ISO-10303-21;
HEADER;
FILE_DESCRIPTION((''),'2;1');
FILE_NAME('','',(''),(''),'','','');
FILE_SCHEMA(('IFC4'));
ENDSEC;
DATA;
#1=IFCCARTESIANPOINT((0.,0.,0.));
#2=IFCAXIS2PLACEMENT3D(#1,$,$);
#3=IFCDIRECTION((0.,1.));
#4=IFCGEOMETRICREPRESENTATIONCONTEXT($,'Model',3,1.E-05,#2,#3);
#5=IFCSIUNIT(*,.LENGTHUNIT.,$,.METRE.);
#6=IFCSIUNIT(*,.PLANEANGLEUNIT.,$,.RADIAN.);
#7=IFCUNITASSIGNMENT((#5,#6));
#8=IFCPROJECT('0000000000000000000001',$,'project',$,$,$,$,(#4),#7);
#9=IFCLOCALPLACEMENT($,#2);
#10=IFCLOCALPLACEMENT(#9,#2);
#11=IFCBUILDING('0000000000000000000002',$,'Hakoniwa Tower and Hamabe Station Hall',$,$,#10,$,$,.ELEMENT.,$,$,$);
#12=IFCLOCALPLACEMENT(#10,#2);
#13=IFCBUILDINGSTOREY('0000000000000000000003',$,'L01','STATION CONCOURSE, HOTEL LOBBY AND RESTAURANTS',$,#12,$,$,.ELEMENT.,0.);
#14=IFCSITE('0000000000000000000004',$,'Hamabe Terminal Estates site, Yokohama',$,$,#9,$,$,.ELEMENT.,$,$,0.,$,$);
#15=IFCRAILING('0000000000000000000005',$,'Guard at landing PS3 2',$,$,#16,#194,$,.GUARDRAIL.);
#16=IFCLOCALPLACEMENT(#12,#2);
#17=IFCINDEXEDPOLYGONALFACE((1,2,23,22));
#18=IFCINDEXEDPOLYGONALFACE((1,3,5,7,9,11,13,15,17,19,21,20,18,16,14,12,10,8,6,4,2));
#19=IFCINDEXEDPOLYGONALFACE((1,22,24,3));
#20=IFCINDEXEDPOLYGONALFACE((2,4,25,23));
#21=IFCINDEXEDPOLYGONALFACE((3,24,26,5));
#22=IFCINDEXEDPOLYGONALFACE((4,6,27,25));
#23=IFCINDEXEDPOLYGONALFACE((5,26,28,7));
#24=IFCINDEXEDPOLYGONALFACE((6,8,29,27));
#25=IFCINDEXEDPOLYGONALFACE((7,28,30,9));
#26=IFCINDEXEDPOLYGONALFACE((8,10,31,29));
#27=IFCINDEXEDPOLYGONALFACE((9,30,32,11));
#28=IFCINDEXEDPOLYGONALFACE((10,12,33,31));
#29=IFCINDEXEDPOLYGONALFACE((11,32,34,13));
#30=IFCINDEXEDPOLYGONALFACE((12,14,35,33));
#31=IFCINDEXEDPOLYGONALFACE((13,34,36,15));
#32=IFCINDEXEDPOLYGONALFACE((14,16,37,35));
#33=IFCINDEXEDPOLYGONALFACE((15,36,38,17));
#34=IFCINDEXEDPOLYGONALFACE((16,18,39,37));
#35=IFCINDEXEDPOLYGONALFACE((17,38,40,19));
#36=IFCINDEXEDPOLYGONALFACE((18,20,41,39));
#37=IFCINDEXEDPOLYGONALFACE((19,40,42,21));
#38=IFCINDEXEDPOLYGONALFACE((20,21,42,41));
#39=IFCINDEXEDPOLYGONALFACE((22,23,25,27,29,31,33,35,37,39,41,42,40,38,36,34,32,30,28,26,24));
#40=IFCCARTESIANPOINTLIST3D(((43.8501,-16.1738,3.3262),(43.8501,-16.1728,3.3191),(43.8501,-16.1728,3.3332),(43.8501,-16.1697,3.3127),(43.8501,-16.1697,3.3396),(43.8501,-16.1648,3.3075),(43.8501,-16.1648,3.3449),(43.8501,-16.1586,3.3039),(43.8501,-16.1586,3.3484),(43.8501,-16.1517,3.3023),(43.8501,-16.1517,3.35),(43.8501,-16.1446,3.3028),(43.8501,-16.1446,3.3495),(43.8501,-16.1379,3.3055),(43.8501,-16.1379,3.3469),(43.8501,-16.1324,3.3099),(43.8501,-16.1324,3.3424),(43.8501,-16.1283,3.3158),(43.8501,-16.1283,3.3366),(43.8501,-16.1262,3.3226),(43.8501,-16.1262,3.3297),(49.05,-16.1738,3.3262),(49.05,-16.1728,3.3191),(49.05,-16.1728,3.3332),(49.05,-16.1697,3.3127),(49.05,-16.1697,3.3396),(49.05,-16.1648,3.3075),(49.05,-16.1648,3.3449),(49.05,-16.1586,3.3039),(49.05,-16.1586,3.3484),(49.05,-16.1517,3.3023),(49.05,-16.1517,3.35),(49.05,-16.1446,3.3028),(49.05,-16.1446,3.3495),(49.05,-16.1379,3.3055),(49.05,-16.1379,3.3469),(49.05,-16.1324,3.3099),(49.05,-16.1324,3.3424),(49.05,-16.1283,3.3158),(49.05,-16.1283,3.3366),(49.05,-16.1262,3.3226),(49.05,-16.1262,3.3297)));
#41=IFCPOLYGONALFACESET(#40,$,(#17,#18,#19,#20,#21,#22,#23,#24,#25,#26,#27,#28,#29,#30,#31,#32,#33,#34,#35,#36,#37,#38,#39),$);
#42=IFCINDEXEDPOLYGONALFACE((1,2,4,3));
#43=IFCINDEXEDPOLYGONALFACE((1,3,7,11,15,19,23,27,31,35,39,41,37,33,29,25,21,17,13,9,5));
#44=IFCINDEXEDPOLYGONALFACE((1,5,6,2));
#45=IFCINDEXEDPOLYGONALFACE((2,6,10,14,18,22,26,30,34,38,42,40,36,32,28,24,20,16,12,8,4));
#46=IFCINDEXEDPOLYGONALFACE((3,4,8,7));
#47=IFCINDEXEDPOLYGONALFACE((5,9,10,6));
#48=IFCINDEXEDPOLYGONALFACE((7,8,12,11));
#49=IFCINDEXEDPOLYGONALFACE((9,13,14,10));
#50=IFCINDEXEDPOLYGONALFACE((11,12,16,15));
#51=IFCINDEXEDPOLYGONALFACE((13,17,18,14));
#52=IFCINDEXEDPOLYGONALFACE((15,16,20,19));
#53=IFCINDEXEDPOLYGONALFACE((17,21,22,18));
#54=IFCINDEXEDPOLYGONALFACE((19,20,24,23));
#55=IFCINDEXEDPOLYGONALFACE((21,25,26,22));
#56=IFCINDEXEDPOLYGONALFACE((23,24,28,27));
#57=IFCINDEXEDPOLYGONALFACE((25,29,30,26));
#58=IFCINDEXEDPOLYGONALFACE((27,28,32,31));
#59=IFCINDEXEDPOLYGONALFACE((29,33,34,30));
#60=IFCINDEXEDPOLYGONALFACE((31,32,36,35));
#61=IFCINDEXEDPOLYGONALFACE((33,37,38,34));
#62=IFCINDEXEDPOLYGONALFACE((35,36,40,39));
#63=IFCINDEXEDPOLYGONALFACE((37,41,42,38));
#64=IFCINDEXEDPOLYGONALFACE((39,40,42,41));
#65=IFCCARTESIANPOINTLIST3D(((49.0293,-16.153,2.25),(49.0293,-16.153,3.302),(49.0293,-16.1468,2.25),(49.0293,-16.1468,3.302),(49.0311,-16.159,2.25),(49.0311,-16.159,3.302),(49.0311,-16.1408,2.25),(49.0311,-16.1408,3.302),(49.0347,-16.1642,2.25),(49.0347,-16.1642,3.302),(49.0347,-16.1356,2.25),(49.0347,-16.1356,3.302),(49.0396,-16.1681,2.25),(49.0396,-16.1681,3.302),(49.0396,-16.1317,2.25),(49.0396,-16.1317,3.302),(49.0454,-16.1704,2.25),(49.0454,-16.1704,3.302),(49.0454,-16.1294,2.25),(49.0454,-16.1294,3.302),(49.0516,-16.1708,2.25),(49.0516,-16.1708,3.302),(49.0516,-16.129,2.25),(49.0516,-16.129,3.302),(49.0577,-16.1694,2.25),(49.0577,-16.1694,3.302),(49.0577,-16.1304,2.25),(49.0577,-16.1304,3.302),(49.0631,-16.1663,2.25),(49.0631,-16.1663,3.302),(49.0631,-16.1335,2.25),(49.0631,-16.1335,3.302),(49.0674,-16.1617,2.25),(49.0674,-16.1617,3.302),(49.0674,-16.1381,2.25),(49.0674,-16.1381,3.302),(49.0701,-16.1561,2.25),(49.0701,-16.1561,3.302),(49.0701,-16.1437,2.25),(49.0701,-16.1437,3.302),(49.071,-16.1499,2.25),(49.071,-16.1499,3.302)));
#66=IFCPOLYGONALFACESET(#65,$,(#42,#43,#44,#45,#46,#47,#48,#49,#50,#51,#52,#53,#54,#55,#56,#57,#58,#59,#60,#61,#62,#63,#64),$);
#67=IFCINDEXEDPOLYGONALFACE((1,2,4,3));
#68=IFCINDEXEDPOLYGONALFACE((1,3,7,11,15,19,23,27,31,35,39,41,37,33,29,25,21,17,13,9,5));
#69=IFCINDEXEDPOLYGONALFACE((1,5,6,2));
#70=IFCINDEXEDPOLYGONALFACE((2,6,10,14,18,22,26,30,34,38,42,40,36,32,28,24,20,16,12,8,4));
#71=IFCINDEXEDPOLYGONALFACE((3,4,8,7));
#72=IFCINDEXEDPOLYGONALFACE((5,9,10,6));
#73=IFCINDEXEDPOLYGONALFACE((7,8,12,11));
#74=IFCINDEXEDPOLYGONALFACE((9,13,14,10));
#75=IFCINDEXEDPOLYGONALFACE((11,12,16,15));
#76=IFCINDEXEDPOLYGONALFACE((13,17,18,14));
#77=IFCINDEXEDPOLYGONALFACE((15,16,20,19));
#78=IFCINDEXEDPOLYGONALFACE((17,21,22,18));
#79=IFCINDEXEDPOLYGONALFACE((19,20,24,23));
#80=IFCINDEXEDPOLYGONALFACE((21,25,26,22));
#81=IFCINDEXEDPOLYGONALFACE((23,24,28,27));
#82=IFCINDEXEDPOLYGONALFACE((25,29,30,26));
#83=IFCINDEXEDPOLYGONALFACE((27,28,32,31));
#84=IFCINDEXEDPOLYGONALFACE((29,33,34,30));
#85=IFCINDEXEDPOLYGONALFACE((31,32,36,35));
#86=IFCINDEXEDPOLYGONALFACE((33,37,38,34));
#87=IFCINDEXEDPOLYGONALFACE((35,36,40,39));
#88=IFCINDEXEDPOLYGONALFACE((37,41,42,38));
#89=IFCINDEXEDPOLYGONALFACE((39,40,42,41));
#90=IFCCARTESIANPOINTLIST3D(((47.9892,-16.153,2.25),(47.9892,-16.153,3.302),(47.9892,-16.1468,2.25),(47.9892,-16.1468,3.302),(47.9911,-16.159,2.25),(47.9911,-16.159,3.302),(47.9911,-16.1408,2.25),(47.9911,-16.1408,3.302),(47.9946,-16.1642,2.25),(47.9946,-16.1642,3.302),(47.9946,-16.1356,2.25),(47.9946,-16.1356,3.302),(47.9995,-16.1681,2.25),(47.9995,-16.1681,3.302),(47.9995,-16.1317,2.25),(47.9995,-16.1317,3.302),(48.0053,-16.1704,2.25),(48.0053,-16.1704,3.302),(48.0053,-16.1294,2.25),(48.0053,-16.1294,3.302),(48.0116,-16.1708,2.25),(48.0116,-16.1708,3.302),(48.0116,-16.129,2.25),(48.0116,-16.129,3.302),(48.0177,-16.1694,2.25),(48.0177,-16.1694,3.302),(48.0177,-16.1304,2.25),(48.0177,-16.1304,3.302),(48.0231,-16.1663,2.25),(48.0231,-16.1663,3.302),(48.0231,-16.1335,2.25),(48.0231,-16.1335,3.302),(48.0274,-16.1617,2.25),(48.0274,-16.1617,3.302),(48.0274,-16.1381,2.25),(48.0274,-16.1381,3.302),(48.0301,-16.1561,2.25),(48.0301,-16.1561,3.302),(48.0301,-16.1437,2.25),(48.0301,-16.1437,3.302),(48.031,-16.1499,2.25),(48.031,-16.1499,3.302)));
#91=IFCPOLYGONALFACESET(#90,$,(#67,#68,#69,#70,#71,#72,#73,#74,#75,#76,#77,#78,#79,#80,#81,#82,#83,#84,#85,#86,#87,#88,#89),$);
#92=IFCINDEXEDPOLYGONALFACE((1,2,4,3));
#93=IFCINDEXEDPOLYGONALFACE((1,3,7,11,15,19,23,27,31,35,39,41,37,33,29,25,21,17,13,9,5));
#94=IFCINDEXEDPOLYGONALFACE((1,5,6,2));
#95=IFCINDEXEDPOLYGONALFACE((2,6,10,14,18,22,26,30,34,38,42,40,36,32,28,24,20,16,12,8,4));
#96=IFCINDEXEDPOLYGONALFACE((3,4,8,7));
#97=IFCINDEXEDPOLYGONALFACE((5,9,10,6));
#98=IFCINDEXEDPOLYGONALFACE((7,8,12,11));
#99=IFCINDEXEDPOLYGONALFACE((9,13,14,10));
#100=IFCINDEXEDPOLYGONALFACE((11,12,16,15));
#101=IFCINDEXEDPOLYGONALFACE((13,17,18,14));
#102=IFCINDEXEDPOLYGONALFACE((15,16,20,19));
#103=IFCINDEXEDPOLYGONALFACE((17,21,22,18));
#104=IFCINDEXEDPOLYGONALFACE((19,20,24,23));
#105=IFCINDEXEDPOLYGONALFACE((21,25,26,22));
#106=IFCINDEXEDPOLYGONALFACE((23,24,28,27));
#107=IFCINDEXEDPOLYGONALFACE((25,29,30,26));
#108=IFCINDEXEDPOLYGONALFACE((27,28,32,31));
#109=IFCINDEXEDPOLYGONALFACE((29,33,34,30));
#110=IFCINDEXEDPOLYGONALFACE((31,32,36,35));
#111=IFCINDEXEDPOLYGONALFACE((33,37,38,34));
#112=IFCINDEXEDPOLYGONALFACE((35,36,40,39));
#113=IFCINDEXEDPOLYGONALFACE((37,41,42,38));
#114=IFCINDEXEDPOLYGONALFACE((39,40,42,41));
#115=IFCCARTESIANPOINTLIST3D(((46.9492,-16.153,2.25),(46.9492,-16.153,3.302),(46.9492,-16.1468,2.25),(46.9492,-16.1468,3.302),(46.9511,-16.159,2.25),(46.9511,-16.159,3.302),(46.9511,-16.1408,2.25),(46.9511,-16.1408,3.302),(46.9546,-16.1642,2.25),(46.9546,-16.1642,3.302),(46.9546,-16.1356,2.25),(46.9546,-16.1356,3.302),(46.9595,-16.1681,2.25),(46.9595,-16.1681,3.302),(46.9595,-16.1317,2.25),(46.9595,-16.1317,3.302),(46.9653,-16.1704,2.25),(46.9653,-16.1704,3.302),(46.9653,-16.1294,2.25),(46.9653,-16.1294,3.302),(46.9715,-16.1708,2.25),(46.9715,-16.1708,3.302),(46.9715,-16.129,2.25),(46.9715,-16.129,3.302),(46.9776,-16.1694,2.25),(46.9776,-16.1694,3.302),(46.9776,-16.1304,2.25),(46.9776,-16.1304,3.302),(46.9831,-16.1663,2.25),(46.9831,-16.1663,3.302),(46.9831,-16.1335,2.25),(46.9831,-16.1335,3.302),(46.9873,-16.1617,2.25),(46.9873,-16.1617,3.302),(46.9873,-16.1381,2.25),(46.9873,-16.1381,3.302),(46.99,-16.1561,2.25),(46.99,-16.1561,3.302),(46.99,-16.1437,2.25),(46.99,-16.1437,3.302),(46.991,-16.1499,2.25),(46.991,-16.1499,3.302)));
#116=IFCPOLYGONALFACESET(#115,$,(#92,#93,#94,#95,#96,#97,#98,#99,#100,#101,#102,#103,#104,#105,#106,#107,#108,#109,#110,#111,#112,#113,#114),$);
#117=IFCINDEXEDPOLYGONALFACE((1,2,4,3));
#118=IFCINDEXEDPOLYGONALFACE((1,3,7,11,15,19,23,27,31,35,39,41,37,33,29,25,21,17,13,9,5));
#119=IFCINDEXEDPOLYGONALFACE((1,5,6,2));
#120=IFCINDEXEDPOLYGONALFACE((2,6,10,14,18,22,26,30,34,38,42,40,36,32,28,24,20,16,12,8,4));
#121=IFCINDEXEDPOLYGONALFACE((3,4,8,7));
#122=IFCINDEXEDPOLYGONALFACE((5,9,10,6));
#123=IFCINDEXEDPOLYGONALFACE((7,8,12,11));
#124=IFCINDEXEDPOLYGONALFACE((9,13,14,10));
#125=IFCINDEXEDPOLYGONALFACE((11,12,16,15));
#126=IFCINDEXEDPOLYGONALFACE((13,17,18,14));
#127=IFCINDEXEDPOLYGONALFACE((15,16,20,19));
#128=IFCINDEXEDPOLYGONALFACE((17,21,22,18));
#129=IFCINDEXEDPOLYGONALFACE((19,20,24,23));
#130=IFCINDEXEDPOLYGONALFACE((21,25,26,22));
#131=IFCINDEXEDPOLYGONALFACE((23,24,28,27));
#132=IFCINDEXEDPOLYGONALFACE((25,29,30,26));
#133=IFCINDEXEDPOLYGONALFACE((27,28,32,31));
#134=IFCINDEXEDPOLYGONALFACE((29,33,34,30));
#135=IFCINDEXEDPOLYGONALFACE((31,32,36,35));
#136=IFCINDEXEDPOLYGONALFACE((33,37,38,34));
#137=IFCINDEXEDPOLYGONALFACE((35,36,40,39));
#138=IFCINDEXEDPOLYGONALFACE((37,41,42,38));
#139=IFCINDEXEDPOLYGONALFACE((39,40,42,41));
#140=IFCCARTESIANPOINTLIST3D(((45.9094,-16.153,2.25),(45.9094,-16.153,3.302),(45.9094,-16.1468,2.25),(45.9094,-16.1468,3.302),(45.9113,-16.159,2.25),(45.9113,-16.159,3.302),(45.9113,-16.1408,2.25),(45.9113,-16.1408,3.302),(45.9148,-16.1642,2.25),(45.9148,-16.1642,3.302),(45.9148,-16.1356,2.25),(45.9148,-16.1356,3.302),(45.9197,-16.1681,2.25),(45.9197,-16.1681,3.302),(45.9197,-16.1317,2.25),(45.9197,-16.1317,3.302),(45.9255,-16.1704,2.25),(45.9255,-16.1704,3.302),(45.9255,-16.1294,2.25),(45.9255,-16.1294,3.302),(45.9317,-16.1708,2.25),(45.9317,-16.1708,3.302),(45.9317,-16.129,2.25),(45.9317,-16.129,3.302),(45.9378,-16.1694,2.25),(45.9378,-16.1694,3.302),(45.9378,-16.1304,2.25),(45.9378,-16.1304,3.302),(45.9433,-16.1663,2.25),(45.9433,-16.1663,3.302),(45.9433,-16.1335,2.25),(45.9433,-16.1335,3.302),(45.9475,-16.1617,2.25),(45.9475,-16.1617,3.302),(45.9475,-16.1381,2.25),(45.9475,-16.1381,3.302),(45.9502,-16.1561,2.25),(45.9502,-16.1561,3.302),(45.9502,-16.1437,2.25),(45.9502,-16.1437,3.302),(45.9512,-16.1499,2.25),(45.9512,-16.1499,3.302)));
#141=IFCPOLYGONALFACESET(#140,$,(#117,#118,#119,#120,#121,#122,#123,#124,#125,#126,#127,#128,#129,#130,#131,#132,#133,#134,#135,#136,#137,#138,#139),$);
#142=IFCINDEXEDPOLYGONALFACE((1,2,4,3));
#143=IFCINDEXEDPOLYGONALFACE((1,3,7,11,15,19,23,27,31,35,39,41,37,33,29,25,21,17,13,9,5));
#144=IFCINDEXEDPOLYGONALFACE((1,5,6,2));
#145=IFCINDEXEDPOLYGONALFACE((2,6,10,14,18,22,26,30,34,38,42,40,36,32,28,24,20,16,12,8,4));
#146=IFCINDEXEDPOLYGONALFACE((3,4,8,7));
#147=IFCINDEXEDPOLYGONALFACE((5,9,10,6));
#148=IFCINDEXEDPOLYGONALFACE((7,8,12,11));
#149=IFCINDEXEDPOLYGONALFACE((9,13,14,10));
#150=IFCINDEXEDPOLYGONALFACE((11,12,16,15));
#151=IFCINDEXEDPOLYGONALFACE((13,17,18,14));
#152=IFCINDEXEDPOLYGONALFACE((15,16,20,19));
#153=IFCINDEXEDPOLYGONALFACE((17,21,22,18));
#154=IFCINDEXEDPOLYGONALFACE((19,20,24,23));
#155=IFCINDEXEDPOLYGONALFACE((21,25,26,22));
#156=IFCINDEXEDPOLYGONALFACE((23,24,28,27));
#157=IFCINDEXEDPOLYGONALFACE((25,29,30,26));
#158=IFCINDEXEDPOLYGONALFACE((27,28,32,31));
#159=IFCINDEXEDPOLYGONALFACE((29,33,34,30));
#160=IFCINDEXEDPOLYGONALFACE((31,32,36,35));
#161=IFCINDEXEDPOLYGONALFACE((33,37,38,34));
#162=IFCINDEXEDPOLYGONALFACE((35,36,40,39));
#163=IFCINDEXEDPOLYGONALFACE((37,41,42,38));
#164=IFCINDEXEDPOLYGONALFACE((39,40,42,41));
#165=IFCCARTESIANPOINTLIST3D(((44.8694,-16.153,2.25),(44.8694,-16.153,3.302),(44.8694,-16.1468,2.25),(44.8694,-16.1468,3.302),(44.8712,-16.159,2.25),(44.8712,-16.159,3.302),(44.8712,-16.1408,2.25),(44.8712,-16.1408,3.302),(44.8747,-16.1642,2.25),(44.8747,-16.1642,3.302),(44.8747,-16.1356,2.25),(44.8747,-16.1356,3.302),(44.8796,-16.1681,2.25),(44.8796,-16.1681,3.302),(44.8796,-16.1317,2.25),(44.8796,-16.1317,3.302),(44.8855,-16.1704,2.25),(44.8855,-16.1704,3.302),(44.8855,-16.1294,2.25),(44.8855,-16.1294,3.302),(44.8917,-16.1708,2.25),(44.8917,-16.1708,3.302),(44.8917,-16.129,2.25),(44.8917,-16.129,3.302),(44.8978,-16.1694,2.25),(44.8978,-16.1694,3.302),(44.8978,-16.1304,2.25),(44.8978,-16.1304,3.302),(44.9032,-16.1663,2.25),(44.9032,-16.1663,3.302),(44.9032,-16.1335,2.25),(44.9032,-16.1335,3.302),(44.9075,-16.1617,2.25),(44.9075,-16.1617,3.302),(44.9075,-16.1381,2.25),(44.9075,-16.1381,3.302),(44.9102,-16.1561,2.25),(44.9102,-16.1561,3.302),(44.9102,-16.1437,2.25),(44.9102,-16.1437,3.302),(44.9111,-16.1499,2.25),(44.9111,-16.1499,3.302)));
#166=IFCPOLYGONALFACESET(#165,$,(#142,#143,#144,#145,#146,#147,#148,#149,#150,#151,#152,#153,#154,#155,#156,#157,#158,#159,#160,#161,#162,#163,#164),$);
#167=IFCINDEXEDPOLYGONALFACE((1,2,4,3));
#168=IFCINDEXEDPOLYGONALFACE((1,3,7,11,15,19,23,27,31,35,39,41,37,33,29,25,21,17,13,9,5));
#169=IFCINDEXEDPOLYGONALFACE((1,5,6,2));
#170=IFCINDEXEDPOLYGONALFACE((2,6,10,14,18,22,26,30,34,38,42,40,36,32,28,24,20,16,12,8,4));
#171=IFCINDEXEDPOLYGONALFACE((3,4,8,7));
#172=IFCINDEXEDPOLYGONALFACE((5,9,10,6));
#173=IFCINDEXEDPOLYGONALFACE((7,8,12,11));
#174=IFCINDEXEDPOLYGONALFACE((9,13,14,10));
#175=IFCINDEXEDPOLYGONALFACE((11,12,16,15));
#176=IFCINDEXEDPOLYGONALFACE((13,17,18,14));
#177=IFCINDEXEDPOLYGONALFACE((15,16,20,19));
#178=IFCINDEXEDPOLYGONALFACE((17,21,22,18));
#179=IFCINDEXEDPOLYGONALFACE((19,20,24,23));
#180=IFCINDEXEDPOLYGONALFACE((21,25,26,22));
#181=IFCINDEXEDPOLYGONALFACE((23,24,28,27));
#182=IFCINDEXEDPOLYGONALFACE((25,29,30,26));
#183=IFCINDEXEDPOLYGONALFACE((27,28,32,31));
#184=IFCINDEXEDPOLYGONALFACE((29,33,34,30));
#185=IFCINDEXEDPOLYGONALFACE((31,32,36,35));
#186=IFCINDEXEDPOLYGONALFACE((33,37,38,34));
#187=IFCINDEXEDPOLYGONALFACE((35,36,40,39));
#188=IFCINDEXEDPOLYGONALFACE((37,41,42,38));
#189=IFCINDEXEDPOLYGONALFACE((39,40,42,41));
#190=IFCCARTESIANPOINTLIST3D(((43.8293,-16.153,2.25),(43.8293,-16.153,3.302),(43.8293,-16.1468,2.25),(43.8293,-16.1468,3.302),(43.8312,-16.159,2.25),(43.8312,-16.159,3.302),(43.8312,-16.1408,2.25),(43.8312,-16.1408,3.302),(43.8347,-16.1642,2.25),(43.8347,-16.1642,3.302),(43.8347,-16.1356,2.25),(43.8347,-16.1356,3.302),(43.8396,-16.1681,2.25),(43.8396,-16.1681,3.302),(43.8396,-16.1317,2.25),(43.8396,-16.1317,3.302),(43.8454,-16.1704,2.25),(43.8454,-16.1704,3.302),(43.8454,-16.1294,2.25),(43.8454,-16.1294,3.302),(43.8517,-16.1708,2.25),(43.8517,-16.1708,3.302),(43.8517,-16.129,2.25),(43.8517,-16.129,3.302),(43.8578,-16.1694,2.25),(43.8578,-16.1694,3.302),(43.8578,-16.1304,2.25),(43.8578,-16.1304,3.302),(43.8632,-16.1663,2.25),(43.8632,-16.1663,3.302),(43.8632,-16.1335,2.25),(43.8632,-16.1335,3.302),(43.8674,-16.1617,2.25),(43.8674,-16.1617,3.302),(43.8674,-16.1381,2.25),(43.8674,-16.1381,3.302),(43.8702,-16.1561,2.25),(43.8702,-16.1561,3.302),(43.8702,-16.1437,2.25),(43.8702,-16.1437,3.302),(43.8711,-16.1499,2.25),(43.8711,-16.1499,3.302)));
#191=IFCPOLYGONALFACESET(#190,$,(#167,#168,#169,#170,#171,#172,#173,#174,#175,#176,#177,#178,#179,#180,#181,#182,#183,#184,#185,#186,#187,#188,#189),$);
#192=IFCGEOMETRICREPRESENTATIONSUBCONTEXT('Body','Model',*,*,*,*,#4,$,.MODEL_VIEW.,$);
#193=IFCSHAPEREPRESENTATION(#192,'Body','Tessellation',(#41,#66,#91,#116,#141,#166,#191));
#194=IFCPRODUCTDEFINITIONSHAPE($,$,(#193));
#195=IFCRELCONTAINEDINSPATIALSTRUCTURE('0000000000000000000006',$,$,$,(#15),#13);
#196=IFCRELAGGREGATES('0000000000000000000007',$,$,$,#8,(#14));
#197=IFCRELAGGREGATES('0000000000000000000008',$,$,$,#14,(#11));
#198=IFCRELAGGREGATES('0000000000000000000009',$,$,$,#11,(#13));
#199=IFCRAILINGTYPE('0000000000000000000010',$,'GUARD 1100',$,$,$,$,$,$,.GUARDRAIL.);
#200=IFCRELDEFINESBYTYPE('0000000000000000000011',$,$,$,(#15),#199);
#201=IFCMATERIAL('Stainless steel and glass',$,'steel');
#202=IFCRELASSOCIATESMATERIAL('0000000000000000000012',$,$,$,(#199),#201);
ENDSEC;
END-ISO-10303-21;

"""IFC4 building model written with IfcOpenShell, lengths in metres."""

from ifc_helpers import new_model, si_unit, direction, frame, origin, origin_2d, place, context, subcontext, project, spatial, circle, extrude, material, type_object, element, save


model = new_model("IFC4")

# Units and contexts
model_context = context("Model", 3, precision=1e-05, world=origin(), true_north=direction((0.0, 1.0)))
body_context = subcontext(model_context, "Body", "Model", "MODEL_VIEW")
ifc_project = project(units=[si_unit("LENGTHUNIT", "METRE"), si_unit("PLANEANGLEUNIT", "RADIAN")], contexts=[model_context])

# Site, building, storey
site_placement = place(None, origin())
site = spatial("IfcSite", under=ifc_project, at=site_placement, Name="Hamabe Terminal Estates site, Yokohama", CompositionType="ELEMENT", RefElevation=0.0)
building_placement = place(site_placement, origin())
building = spatial("IfcBuilding", under=site, at=building_placement, Name="Hakoniwa Tower and Hamabe Station Hall", CompositionType="ELEMENT")
storey_placement = place(building_placement, origin())
storey = spatial("IfcBuildingStorey", under=building, at=storey_placement, Name="L01", Description="STATION CONCOURSE, HOTEL LOBBY AND RESTAURANTS", CompositionType="ELEMENT", Elevation=0.0)

# Railing
ifc_material_1 = material(Name="Stainless steel and glass", Category="steel")
railing_type_1 = type_object("IfcRailingType", Name="GUARD 1100", PredefinedType="GUARDRAIL", material=ifc_material_1)
railing_1_placement = place(storey_placement, frame((49.05, -16.1499, 2.25)))
element("IfcRailing", 1, at=railing_1_placement, inside=storey, type_object=railing_type_1, Name="Guard at landing PS3 2", PredefinedType="GUARDRAIL", context=body_context, shape_type="SweptSolid", body=[
    extrude(circle(Radius=0.0239, at=origin_2d()), frame((0.0, 0.0, 1.0762), z_axis=(-1.0, 0.0, 0.0), x_axis=(0.0, -1.0, 0.0)), (0.0, 0.0, 1.0), 5.2),
    extrude(circle(Radius=0.021, at=origin_2d()), origin(), (0.0, 0.0, 1.0), 1.052),
    extrude(circle(Radius=0.021, at=origin_2d()), frame((-1.04, 0.0, 0.0)), (0.0, 0.0, 1.0), 1.052),
    extrude(circle(Radius=0.021, at=origin_2d()), frame((-2.0801, 0.0, 0.0)), (0.0, 0.0, 1.0), 1.052),
    extrude(circle(Radius=0.021, at=origin_2d()), frame((-3.1199, 0.0, 0.0)), (0.0, 0.0, 1.0), 1.052),
    extrude(circle(Radius=0.021, at=origin_2d()), frame((-4.1599, 0.0, 0.0)), (0.0, 0.0, 1.0), 1.052),
    extrude(circle(Radius=0.021, at=origin_2d()), frame((-5.2, 0.0, 0.0)), (0.0, 0.0, 1.0), 1.052),
])

save(model, "model.ifc")
